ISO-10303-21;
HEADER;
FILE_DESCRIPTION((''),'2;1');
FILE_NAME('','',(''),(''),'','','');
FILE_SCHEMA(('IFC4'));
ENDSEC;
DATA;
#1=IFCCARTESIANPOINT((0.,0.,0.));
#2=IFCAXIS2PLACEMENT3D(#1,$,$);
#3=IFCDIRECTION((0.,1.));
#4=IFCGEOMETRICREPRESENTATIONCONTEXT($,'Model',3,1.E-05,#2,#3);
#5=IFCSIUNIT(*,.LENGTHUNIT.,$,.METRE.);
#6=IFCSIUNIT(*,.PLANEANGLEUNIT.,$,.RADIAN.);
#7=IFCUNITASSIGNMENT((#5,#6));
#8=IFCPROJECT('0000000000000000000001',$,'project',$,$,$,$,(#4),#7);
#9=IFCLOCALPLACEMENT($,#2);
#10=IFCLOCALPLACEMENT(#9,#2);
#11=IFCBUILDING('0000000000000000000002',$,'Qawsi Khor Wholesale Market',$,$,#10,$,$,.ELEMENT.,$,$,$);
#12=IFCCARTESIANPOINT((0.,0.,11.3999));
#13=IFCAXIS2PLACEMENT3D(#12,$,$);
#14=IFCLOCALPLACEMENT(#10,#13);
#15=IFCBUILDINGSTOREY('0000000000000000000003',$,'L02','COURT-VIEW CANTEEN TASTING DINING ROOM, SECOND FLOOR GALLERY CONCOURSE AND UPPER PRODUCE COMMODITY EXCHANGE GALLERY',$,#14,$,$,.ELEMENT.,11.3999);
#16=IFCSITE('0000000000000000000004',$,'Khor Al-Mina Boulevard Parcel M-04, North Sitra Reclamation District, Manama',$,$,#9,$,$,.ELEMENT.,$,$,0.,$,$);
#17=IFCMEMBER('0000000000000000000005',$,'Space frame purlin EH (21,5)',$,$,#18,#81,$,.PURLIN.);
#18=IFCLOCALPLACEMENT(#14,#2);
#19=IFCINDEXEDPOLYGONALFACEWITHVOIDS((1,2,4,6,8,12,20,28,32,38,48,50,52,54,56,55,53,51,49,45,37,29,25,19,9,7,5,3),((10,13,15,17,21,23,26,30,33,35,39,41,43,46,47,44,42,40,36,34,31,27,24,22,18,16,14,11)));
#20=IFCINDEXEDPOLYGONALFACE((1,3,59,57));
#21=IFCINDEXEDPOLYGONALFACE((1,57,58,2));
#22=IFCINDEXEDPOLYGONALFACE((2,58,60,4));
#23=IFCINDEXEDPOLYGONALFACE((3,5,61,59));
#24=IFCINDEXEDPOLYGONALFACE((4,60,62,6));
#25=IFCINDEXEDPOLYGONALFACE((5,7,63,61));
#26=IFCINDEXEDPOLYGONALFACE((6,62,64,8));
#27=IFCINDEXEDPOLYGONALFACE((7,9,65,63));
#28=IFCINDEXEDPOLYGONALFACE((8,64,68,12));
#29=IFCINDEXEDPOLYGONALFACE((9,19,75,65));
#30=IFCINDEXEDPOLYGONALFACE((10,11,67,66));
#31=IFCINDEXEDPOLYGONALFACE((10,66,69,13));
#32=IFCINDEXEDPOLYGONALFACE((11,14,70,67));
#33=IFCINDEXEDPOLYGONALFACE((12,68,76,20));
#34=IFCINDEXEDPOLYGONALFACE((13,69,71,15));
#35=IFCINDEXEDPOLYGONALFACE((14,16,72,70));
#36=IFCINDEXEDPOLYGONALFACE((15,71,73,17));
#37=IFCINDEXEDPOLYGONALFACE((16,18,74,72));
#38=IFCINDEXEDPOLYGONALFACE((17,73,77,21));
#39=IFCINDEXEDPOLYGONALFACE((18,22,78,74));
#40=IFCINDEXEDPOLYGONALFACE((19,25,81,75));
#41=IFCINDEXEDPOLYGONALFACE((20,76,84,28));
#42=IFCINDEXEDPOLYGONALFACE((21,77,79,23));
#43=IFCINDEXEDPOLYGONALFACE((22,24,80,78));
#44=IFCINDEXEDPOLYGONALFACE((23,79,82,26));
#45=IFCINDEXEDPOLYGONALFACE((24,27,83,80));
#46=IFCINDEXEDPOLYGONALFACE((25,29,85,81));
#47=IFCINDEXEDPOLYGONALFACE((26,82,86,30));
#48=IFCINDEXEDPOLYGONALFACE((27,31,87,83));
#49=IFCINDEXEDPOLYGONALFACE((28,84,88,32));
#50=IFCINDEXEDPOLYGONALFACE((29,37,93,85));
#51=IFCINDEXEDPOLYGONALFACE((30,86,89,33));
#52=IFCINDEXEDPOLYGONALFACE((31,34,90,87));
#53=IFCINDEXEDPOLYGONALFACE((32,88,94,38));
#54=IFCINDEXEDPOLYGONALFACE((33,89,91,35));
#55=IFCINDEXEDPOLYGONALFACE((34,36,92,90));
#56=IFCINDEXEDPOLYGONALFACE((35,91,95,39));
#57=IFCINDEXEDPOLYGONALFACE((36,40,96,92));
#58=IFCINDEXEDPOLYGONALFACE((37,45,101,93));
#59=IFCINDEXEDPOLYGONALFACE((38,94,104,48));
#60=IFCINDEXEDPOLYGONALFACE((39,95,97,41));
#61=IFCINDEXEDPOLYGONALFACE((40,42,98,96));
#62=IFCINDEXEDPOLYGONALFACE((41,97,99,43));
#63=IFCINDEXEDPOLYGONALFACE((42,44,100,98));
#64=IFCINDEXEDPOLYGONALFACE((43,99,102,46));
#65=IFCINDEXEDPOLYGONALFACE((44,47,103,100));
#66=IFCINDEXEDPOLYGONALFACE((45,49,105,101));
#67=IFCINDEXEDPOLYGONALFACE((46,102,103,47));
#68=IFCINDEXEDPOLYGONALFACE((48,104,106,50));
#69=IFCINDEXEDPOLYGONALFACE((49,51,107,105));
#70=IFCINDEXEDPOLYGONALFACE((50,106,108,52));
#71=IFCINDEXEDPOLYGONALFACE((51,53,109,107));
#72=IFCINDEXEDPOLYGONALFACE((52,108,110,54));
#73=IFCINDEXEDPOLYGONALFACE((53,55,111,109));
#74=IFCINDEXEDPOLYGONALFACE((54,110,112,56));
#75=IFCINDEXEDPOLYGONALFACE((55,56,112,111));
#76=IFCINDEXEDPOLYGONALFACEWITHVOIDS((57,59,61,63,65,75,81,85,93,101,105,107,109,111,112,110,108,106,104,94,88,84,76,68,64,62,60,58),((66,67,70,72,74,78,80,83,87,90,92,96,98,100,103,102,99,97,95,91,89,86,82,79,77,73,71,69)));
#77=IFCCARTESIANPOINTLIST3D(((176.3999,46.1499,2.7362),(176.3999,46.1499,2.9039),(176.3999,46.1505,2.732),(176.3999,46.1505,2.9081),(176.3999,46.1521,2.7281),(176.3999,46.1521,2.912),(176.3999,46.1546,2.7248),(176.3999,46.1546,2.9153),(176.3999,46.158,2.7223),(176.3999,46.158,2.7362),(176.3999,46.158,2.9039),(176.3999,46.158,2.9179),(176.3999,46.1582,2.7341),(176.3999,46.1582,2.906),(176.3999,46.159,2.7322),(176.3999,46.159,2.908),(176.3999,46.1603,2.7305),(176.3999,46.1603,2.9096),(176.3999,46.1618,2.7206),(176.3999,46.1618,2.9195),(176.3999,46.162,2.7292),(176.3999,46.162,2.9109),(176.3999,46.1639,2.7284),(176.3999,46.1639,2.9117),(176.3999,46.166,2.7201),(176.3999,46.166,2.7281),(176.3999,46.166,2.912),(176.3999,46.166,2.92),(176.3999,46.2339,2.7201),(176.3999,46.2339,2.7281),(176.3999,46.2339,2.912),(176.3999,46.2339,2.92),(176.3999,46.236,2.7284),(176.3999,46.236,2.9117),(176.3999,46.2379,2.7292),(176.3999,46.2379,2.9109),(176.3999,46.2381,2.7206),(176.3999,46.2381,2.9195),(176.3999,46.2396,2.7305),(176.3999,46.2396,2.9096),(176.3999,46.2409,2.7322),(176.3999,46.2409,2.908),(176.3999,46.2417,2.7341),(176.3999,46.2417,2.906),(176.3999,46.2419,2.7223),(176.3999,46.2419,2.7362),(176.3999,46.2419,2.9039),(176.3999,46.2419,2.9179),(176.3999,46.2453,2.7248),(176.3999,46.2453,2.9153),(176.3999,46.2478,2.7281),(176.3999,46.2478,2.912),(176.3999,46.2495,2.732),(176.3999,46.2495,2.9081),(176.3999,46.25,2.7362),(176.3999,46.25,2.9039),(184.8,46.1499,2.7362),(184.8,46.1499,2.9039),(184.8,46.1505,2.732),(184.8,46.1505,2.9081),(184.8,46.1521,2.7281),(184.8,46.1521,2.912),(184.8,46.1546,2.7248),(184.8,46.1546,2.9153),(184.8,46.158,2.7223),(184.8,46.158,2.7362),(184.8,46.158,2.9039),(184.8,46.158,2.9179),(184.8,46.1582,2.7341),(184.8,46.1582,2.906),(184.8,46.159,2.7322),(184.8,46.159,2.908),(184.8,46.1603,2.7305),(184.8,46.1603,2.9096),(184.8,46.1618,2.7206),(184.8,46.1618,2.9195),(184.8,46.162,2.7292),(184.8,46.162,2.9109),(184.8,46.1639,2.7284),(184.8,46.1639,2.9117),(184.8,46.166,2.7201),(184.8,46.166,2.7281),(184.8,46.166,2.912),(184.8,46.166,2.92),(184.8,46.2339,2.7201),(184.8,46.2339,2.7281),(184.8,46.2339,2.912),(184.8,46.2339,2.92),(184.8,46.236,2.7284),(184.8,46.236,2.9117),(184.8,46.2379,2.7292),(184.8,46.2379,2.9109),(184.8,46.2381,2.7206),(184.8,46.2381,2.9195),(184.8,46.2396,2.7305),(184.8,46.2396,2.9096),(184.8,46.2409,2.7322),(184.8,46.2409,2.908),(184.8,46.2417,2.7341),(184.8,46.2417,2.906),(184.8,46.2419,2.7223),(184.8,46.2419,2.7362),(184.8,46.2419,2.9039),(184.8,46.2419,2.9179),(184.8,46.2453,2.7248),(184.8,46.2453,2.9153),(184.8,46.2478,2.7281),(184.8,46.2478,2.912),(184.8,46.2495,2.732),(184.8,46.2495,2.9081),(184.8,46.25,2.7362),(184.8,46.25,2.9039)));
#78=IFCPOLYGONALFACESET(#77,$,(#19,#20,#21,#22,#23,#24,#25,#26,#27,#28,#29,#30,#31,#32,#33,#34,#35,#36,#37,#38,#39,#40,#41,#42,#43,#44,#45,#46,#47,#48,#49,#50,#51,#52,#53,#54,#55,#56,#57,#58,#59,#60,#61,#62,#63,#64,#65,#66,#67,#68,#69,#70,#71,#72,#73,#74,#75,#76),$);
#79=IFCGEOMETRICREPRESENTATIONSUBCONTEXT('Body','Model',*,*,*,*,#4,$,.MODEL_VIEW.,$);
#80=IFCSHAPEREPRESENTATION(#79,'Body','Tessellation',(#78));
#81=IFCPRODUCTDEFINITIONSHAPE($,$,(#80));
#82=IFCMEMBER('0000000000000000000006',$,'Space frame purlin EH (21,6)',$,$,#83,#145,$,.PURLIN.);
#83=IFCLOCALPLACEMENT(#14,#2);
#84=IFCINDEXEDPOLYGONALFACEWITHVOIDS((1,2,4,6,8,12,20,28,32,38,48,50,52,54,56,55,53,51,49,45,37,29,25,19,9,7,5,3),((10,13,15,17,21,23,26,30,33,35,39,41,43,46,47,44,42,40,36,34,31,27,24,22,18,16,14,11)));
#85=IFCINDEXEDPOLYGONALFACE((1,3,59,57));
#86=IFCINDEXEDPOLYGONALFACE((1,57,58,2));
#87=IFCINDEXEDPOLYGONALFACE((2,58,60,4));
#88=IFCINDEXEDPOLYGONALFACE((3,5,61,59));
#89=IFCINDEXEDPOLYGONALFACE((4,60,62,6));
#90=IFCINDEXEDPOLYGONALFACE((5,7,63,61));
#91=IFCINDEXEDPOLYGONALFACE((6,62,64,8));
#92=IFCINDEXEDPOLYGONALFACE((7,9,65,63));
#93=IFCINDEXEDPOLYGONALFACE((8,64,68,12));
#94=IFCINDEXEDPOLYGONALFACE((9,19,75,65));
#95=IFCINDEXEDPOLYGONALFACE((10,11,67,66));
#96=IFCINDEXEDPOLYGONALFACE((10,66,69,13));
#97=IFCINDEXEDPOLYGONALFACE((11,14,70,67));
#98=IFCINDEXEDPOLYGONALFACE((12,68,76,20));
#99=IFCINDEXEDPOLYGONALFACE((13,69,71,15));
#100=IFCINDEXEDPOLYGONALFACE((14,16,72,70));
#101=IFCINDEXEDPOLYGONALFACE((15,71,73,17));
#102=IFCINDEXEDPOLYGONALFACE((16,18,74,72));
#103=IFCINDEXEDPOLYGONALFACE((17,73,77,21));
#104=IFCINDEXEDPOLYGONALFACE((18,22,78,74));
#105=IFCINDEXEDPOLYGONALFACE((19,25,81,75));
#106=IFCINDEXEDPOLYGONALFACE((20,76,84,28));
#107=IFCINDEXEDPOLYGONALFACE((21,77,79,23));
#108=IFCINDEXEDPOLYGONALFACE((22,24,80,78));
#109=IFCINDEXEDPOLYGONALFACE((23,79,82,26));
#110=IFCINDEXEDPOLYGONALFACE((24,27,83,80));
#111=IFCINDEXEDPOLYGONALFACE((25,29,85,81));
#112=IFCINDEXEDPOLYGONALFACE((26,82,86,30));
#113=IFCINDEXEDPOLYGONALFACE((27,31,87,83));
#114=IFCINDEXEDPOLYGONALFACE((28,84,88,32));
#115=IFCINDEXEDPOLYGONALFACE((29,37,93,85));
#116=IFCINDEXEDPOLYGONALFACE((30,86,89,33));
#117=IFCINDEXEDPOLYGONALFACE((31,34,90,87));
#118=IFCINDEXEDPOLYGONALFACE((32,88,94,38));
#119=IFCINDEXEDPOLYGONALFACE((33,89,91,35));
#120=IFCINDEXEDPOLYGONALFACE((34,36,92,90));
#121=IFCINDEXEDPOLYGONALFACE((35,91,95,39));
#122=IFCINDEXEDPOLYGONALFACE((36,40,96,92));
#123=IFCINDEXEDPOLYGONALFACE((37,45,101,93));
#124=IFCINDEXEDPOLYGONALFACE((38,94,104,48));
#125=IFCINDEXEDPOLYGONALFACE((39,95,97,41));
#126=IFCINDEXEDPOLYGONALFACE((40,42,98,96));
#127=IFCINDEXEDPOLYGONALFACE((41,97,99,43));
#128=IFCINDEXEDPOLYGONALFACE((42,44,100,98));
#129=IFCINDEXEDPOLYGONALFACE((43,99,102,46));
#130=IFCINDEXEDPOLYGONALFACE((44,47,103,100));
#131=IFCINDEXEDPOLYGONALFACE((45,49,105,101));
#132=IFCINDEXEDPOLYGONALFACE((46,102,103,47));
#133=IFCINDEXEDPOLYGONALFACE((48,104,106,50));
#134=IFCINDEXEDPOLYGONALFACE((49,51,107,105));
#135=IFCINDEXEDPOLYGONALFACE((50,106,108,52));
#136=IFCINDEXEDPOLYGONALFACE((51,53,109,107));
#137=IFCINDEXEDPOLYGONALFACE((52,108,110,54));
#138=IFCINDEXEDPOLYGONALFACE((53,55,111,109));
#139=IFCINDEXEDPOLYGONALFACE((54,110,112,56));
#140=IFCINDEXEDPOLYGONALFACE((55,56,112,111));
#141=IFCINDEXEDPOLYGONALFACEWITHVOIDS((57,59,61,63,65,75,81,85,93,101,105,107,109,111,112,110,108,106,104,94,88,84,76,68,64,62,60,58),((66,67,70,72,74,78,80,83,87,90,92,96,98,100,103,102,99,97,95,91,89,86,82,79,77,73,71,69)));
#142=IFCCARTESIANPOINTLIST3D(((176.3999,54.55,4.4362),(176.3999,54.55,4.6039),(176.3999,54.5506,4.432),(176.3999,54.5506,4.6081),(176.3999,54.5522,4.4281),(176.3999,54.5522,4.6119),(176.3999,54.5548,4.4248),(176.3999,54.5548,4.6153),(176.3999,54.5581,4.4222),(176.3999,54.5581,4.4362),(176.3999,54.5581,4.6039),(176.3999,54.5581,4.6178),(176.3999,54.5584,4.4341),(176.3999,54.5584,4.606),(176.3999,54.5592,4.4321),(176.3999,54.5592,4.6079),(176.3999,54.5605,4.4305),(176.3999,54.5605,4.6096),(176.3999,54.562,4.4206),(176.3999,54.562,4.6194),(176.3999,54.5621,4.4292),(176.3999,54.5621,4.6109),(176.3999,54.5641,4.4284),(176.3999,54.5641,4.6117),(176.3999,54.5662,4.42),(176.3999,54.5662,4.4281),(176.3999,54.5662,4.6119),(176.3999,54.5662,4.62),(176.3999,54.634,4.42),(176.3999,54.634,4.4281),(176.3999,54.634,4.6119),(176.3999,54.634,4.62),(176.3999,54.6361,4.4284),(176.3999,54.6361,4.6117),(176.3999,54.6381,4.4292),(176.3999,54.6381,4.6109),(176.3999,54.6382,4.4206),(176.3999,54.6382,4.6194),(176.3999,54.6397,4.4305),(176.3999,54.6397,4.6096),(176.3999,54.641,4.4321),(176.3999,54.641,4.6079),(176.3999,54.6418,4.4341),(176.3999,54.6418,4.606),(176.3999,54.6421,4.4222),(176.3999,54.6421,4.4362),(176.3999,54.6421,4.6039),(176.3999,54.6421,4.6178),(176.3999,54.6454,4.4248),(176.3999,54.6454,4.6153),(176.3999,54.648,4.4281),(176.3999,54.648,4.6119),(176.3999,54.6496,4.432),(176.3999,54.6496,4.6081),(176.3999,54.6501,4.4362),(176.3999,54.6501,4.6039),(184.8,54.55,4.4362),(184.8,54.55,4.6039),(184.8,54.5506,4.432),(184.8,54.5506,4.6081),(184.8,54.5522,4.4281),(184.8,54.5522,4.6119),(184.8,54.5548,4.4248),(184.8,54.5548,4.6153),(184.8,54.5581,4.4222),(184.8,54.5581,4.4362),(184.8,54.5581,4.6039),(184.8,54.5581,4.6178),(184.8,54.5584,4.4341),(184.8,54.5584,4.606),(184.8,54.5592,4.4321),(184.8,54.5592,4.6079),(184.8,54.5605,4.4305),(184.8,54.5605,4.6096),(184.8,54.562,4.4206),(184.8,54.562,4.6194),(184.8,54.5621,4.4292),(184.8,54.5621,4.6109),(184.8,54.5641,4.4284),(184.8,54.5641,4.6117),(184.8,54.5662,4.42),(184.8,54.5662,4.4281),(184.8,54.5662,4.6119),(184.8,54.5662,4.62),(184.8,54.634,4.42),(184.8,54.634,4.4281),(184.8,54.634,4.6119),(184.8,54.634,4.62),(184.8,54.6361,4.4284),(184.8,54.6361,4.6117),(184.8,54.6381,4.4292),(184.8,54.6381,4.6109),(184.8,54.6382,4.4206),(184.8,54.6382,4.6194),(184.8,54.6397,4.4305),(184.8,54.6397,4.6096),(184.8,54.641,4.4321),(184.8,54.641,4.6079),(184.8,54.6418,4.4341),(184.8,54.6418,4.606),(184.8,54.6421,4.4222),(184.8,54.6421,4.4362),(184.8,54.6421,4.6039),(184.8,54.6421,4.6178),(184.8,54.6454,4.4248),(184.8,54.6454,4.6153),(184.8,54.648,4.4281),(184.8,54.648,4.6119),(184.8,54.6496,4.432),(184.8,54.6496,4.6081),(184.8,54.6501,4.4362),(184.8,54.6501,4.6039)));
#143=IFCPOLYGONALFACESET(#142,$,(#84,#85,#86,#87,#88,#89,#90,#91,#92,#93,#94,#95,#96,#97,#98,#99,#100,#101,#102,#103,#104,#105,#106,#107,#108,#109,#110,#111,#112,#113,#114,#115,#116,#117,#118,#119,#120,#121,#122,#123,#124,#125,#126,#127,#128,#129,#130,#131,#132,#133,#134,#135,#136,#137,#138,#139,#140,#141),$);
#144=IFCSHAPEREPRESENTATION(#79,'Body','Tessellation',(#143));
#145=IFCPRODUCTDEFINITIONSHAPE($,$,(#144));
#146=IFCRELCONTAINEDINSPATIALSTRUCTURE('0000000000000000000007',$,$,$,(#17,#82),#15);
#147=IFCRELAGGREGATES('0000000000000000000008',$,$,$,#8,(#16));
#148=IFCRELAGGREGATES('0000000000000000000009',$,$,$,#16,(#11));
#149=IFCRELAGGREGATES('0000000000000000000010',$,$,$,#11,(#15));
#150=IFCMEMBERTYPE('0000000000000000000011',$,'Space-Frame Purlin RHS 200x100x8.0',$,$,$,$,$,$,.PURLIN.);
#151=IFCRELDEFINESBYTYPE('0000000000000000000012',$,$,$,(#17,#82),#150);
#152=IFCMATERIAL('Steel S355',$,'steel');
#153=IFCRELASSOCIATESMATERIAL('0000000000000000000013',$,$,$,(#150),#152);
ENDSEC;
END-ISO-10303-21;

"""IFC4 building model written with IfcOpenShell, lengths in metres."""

from ifc_helpers import new_model, si_unit, direction, frame, origin, origin_2d, place, context, subcontext, project, spatial, hollow_rectangle, extrude, material, material_profile, profile_set, type_object, element, save


model = new_model("IFC4")

# Units and contexts
model_context = context("Model", 3, precision=1e-05, world=origin(), true_north=direction((0.0, 1.0)))
body_context = subcontext(model_context, "Body", "Model", "MODEL_VIEW")
ifc_project = project(units=[si_unit("LENGTHUNIT", "METRE"), si_unit("PLANEANGLEUNIT", "RADIAN")], contexts=[model_context])

# Site, building, storey
site_placement = place(None, origin())
site = spatial("IfcSite", under=ifc_project, at=site_placement, Name="Khor Al-Mina Boulevard Parcel M-04, North Sitra Reclamation District, Manama", CompositionType="ELEMENT", RefElevation=0.0)
building_placement = place(site_placement, origin())
building = spatial("IfcBuilding", under=site, at=building_placement, Name="Qawsi Khor Wholesale Market", CompositionType="ELEMENT")
storey_placement = place(building_placement, frame((0.0, 0.0, 11.3999)))
storey = spatial("IfcBuildingStorey", under=building, at=storey_placement, Name="L02", Description="COURT-VIEW CANTEEN TASTING DINING ROOM, SECOND FLOOR GALLERY CONCOURSE AND UPPER PRODUCE COMMODITY EXCHANGE GALLERY", CompositionType="ELEMENT", Elevation=11.3999)

# Members
ifc_material_1 = material(Name="Steel S355", Category="steel")
ifc_material_profile_1 = material_profile(ifc_material_1, hollow_rectangle(XDim=0.1001, YDim=0.2, WallThickness=0.0081, InnerFilletRadius=0.0081, OuterFilletRadius=0.0161, at=origin_2d()), Name="RHS 200x100x8.0")
ifc_profile_set_1 = profile_set([ifc_material_profile_1], Name="Steel S355")
member_type_1 = type_object("IfcMemberType", Name="Space-Frame Purlin RHS 200x100x8.0", PredefinedType="PURLIN", material=ifc_profile_set_1)
for number, where, z_axis, x_axis, name in (
    (1, (176.3999, 46.2, 2.8201), (1.0, 0.0, 0.0), (0.0, 1.0, 0.0), "Space frame purlin EH (21,5)"),
    (2, (176.3999, 54.6001, 4.52), (1.0, 0.0, 0.0), (0.0, 1.0, 0.0), "Space frame purlin EH (21,6)"),
):
    element("IfcMember", number, at=place(storey_placement, frame(where, z_axis=z_axis, x_axis=x_axis)), inside=storey, type_object=member_type_1, Name=name, PredefinedType="PURLIN", context=body_context, shape_type="SweptSolid", body=[
        extrude(hollow_rectangle(XDim=0.1001, YDim=0.2, WallThickness=0.0081, InnerFilletRadius=0.0081, OuterFilletRadius=0.0161, at=origin_2d()), origin(), (0.0, 0.0, 1.0), 8.4001),
    ])

save(model, "model.ifc")
